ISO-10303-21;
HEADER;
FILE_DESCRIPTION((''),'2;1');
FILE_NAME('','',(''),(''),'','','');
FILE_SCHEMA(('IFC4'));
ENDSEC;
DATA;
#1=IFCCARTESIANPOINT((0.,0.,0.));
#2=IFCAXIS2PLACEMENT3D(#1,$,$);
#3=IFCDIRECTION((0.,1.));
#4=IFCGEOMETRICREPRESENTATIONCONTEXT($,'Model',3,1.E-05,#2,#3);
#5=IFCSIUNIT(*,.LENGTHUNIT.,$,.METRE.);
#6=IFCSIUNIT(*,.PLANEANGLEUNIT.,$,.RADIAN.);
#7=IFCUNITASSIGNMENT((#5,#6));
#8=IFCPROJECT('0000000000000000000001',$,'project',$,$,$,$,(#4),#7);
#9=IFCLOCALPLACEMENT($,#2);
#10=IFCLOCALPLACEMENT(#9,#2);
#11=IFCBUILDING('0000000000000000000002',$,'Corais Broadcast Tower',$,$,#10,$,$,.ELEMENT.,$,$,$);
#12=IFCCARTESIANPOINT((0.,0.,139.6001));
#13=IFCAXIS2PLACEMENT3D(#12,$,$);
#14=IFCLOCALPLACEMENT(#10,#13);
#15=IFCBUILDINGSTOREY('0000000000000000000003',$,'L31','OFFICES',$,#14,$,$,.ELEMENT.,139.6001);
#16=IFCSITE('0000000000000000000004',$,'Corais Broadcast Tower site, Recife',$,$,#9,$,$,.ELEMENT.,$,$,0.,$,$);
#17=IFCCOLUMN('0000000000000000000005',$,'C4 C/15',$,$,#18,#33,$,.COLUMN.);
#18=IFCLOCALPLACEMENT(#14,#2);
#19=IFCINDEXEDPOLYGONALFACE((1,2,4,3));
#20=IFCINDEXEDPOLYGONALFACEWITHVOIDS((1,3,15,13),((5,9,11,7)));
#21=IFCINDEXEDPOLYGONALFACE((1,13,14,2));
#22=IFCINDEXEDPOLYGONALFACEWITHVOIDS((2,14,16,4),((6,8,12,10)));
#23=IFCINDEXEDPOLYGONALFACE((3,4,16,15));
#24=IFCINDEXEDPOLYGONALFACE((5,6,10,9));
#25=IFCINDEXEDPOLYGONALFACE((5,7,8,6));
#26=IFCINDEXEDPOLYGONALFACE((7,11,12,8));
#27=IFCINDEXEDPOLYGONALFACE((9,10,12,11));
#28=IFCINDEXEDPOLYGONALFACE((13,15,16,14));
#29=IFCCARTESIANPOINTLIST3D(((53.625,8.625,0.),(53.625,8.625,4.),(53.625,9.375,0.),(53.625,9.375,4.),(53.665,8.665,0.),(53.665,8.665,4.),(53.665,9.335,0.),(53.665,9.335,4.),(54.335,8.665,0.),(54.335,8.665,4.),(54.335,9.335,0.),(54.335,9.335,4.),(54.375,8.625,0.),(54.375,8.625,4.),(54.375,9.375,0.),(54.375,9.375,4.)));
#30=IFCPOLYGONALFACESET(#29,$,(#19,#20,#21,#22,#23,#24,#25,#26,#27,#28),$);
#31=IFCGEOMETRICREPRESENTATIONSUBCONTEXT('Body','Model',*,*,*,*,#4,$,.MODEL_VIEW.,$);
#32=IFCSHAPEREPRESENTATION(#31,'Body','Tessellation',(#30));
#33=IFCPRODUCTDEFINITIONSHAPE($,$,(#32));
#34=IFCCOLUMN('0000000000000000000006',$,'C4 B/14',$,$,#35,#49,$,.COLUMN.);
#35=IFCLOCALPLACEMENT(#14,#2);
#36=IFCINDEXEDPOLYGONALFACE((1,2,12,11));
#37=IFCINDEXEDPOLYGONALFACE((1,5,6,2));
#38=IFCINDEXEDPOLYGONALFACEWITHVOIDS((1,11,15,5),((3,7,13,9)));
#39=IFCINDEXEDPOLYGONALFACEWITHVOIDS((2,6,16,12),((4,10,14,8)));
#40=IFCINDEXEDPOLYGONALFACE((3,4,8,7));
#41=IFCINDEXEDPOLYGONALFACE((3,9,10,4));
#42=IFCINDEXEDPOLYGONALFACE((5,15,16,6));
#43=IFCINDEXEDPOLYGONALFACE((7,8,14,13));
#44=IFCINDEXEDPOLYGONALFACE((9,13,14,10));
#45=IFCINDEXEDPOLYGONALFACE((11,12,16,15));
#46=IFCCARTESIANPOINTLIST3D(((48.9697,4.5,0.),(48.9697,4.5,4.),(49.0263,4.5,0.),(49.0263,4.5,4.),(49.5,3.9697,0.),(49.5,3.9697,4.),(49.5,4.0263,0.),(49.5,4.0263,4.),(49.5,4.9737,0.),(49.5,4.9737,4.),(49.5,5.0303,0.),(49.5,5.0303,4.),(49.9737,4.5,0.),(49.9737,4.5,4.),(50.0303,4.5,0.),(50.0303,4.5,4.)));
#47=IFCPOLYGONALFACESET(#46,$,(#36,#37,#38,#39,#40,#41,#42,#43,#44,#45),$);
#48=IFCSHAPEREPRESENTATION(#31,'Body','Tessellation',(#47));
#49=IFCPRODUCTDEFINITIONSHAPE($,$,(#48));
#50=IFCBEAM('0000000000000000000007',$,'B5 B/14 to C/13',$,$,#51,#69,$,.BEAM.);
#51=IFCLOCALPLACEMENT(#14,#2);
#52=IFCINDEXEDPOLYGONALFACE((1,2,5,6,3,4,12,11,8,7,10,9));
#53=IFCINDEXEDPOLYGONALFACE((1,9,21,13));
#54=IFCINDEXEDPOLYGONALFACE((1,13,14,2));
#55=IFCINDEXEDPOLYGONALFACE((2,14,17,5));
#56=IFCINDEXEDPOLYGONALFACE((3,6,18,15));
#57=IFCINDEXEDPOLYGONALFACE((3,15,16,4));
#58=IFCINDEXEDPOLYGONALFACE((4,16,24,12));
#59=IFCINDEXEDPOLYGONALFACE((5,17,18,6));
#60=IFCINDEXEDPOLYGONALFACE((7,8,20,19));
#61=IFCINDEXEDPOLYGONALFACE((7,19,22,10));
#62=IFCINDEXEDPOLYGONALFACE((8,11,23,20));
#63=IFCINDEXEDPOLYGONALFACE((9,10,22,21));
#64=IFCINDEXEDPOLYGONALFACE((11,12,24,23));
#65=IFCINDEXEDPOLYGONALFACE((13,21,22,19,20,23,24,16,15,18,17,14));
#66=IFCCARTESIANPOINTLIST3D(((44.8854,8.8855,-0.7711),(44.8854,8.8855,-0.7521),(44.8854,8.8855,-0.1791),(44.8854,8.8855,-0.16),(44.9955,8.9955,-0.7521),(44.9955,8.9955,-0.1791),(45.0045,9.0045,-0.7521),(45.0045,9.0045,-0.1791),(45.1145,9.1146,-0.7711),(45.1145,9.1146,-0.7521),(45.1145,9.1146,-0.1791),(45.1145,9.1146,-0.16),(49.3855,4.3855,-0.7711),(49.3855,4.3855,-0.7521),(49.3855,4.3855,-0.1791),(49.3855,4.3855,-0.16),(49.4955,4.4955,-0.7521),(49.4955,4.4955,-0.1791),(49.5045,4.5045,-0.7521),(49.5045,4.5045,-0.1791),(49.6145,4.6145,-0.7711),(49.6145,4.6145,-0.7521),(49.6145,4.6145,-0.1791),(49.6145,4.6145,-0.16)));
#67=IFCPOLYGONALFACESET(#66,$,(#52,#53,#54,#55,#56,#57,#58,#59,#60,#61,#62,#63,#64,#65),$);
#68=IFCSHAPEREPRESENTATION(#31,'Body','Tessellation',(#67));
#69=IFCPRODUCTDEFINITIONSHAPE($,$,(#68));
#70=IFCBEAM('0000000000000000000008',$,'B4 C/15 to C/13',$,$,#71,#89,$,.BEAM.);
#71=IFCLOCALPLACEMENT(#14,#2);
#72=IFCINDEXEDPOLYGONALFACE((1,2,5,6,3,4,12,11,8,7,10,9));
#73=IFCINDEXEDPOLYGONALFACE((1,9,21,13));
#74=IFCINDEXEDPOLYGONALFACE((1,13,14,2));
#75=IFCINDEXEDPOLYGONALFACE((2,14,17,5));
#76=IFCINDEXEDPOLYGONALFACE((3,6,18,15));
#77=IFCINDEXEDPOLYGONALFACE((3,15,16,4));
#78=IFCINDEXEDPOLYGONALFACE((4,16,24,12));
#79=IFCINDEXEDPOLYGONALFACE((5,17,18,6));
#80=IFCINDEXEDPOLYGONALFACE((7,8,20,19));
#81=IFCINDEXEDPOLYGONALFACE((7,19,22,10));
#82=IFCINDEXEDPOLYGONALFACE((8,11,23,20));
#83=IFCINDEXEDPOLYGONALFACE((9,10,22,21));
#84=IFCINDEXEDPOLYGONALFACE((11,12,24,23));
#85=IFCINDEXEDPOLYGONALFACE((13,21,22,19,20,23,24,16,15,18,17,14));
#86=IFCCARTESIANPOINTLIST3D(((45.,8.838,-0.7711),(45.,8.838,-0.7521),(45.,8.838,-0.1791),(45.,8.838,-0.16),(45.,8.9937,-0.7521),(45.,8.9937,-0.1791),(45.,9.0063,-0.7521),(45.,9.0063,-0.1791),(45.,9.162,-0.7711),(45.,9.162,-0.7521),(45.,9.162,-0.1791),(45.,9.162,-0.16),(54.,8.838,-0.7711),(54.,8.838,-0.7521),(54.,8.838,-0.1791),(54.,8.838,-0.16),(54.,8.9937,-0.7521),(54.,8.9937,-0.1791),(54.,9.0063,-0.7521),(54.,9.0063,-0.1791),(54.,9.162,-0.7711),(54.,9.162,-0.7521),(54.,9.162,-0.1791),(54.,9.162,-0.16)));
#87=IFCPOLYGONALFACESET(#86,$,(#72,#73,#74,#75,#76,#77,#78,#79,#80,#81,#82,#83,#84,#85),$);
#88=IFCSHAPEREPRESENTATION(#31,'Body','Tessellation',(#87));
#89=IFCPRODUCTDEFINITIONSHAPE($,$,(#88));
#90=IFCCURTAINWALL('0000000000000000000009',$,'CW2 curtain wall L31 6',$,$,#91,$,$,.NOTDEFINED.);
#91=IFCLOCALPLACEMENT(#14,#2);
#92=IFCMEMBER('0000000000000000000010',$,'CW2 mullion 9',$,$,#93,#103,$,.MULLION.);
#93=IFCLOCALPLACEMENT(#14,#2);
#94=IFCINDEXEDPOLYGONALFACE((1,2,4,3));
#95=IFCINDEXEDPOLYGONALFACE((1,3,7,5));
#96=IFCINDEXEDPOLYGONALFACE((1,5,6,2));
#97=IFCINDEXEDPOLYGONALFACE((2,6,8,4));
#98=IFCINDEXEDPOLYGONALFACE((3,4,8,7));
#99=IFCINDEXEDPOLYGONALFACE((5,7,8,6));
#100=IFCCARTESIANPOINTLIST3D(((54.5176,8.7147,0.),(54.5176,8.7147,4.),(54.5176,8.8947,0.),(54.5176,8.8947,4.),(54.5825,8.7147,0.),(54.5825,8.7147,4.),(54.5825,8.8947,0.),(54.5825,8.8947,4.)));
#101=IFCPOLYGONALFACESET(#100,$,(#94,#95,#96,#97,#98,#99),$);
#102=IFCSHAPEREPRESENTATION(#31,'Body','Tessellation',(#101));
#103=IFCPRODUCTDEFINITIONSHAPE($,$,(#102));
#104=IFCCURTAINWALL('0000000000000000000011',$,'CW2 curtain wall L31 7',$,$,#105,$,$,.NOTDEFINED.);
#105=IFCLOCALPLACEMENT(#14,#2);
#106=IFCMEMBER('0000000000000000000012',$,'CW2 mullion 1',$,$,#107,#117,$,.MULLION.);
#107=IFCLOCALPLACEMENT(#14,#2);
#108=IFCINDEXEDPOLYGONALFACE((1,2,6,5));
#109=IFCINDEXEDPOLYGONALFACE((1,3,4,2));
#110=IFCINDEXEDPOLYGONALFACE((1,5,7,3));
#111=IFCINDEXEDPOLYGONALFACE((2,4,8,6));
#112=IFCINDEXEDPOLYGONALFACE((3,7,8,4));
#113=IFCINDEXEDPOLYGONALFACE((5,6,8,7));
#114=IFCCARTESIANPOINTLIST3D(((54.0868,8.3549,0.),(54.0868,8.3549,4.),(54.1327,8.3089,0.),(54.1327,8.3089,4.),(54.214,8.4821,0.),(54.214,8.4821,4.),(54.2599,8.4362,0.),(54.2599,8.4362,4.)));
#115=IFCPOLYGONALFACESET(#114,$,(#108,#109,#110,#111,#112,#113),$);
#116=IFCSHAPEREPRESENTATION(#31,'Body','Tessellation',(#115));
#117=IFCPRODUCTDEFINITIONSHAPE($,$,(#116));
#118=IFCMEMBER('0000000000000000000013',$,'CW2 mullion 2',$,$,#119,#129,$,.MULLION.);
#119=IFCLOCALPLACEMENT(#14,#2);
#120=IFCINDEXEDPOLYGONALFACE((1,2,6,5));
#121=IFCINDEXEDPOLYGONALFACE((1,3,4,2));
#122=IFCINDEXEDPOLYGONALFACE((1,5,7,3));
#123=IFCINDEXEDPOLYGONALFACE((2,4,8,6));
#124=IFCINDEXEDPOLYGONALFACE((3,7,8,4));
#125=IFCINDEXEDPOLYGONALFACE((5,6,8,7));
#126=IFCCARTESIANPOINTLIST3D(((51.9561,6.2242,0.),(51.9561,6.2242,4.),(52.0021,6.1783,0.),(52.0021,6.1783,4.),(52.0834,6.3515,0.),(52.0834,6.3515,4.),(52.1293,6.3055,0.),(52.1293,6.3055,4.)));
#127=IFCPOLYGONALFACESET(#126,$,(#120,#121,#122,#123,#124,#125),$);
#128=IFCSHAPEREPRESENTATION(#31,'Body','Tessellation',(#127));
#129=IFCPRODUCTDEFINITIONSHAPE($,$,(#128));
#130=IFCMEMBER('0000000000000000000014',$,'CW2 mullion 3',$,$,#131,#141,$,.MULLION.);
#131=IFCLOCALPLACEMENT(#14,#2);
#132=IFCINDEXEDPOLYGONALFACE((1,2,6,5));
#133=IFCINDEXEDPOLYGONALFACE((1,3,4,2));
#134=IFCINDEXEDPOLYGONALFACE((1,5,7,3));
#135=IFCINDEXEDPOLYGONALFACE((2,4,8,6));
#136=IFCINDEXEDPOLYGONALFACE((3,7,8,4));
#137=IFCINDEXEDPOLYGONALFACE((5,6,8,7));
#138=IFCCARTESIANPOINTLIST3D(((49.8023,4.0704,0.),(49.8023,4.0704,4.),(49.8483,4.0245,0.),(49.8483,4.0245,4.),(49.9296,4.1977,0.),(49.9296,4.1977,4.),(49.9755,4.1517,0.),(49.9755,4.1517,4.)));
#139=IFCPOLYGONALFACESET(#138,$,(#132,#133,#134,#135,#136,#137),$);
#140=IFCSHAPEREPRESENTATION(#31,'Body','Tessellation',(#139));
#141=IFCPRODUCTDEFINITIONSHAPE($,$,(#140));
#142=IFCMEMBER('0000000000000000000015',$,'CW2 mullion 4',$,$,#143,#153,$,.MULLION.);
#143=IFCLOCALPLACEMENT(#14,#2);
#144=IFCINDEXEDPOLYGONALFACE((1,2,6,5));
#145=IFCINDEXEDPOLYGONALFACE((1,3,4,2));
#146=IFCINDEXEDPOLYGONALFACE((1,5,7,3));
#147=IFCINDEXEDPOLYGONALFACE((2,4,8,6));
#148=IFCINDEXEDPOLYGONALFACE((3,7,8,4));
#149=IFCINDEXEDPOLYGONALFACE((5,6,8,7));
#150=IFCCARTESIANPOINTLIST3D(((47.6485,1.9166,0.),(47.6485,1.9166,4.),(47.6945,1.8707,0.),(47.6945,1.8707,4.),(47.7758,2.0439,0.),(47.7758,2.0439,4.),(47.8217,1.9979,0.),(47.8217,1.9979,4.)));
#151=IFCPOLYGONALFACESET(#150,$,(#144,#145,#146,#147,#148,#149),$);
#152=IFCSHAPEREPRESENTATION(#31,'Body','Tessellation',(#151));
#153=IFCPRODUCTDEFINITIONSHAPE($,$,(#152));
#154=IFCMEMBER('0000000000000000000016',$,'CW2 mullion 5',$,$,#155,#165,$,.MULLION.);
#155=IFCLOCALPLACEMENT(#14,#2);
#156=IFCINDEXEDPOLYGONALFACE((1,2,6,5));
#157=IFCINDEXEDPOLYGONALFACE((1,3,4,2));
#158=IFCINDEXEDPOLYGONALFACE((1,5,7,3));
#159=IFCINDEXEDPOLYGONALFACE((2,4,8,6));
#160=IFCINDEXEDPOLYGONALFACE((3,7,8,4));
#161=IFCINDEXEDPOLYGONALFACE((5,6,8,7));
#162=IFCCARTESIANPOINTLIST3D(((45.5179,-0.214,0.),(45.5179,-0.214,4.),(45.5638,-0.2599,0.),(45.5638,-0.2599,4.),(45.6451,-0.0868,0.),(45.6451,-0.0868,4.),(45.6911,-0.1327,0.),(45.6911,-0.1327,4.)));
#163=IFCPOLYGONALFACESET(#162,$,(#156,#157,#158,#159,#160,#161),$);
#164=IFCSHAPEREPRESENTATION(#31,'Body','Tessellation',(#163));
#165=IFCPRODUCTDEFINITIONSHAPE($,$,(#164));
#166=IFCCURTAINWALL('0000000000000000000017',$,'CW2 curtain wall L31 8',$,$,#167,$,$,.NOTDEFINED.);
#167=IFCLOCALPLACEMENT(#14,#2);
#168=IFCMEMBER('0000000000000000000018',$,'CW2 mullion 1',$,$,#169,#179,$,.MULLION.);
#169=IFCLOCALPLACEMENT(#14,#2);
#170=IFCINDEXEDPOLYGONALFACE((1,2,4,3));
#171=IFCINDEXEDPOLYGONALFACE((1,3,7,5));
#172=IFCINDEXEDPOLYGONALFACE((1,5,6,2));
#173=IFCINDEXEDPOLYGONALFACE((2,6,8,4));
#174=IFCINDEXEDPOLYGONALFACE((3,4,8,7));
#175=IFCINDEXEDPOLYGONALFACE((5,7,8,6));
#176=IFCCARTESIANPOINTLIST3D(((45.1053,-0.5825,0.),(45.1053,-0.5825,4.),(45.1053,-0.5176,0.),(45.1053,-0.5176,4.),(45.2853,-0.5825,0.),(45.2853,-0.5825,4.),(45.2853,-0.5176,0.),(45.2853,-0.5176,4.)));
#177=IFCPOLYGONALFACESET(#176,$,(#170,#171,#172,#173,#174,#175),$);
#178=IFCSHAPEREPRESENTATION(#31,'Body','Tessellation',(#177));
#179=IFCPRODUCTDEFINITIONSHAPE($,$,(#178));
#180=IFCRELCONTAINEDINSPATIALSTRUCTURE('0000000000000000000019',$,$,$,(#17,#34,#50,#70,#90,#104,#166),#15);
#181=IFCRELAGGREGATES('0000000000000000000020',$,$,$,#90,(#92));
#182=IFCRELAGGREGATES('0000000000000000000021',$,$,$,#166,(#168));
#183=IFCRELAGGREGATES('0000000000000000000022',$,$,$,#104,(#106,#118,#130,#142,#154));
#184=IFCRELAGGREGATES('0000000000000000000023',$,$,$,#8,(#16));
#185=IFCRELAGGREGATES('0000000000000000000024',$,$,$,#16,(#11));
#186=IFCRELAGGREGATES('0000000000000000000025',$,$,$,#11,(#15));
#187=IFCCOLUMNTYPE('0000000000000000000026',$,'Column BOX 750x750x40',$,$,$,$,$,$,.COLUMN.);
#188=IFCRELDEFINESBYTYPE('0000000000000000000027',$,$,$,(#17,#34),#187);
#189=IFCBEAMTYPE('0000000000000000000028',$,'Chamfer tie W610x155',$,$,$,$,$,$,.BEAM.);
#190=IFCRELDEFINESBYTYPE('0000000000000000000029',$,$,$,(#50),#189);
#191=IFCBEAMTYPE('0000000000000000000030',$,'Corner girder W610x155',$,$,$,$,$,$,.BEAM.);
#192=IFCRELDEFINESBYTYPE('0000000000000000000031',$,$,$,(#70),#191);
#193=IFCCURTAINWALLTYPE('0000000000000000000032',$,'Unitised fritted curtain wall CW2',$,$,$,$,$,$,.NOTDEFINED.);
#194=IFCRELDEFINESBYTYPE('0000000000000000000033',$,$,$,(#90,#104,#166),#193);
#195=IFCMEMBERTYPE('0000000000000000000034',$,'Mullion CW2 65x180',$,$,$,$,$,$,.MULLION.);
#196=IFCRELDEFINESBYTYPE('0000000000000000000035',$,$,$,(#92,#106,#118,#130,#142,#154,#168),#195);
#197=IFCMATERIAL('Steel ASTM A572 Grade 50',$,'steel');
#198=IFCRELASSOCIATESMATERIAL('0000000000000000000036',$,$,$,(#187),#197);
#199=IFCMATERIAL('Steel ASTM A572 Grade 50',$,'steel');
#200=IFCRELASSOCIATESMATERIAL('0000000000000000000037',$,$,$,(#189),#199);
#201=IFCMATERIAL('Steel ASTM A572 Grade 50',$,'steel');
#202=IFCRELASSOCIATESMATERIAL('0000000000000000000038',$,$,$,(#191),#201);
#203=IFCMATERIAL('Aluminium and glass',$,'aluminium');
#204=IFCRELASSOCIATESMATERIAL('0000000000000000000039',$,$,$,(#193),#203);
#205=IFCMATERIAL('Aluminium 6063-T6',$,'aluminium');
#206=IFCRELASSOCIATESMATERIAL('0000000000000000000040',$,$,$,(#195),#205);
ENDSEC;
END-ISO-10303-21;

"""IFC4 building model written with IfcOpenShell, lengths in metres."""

from ifc_helpers import new_model, si_unit, direction, frame, origin, origin_2d, place, context, subcontext, project, spatial, rectangle, hollow_rectangle, i_section, extrude, material, material_profile, profile_set, type_object, element, aggregate, save


model = new_model("IFC4")

# Units and contexts
model_context = context("Model", 3, precision=1e-05, world=origin(), true_north=direction((0.0, 1.0)))
body_context = subcontext(model_context, "Body", "Model", "MODEL_VIEW")
ifc_project = project(units=[si_unit("LENGTHUNIT", "METRE"), si_unit("PLANEANGLEUNIT", "RADIAN")], contexts=[model_context])

# Site, building, storey
site_placement = place(None, origin())
site = spatial("IfcSite", under=ifc_project, at=site_placement, Name="Corais Broadcast Tower site, Recife", CompositionType="ELEMENT", RefElevation=0.0)
building_placement = place(site_placement, origin())
building = spatial("IfcBuilding", under=site, at=building_placement, Name="Corais Broadcast Tower", CompositionType="ELEMENT")
storey_placement = place(building_placement, frame((0.0, 0.0, 139.6001)))
storey = spatial("IfcBuildingStorey", under=building, at=storey_placement, Name="L31", Description="OFFICES", CompositionType="ELEMENT", Elevation=139.6001)

# Columns
ifc_material_1 = material(Name="Steel ASTM A572 Grade 50", Category="steel")
ifc_material_profile_1 = material_profile(ifc_material_1, hollow_rectangle(XDim=0.75, YDim=0.75, WallThickness=0.04, at=origin_2d()), Name="BOX 750x750x40")
ifc_profile_set_1 = profile_set([ifc_material_profile_1], Name="Steel ASTM A572 Grade 50")
column_type = type_object("IfcColumnType", Name="Column BOX 750x750x40", PredefinedType="COLUMN", material=ifc_profile_set_1)
for number, where, z_axis, x_axis, name in (
    (1, (54.0, 9.0, 0.0), (0.0, 0.0, 1.0), (1.0, 0.0, 0.0), "C4 C/15"),
    (2, (49.5, 4.5, 0.0), (0.0, 0.0, 1.0), (0.707107, 0.707107, 0.0), "C4 B/14"),
):
    element("IfcColumn", number, at=place(storey_placement, frame(where, z_axis=z_axis, x_axis=x_axis)), inside=storey, type_object=column_type, Name=name, PredefinedType="COLUMN", context=body_context, shape_type="SweptSolid", body=[
        extrude(hollow_rectangle(XDim=0.75, YDim=0.75, WallThickness=0.04, at=origin_2d()), origin(), (0.0, 0.0, 1.0), 4.0),
    ])

# Beams
ifc_material_2 = material(Name="Steel ASTM A572 Grade 50", Category="steel")
ifc_material_profile_2 = material_profile(ifc_material_2, i_section(OverallWidth=0.324, OverallDepth=0.6111, WebThickness=0.0127, FlangeThickness=0.019, at=origin_2d()), Name="W610x155")
ifc_profile_set_2 = profile_set([ifc_material_profile_2], Name="Steel ASTM A572 Grade 50")
beam_type_1 = type_object("IfcBeamType", Name="Chamfer tie W610x155", PredefinedType="BEAM", material=ifc_profile_set_2)
beam_1_placement = place(storey_placement, frame((49.5, 4.5, -0.4656), z_axis=(-0.707107, 0.707107, 0.0), x_axis=(-0.707107, -0.707107, 0.0)))
element("IfcBeam", 3, at=beam_1_placement, inside=storey, type_object=beam_type_1, Name="B5 B/14 to C/13", PredefinedType="BEAM", context=body_context, shape_type="SweptSolid", body=[
    extrude(i_section(OverallWidth=0.324, OverallDepth=0.6111, WebThickness=0.0127, FlangeThickness=0.019, at=origin_2d()), origin(), (0.0, 0.0, 1.0), 6.364),
])
ifc_material_3 = material(Name="Steel ASTM A572 Grade 50", Category="steel")
ifc_material_profile_3 = material_profile(ifc_material_3, i_section(OverallWidth=0.324, OverallDepth=0.6111, WebThickness=0.0127, FlangeThickness=0.019, at=origin_2d()), Name="W610x155")
ifc_profile_set_3 = profile_set([ifc_material_profile_3], Name="Steel ASTM A572 Grade 50")
beam_type_2 = type_object("IfcBeamType", Name="Corner girder W610x155", PredefinedType="BEAM", material=ifc_profile_set_3)
beam_2_placement = place(storey_placement, frame((54.0, 9.0, -0.4656), z_axis=(-1.0, 0.0, 0.0), x_axis=(0.0, -1.0, 0.0)))
element("IfcBeam", 4, at=beam_2_placement, inside=storey, type_object=beam_type_2, Name="B4 C/15 to C/13", PredefinedType="BEAM", context=body_context, shape_type="SweptSolid", body=[
    extrude(i_section(OverallWidth=0.324, OverallDepth=0.6111, WebThickness=0.0127, FlangeThickness=0.019, at=origin_2d()), origin(), (0.0, 0.0, 1.0), 9.0),
])

# Curtain wall, member
ifc_material_4 = material(Name="Aluminium and glass", Category="aluminium")
curtain_wall_type = type_object("IfcCurtainWallType", Name="Unitised fritted curtain wall CW2", PredefinedType="NOTDEFINED", material=ifc_material_4)
curtain_wall_1_placement = place(storey_placement, origin())
curtain_wall_1 = element("IfcCurtainWall", 5, at=curtain_wall_1_placement, inside=storey, type_object=curtain_wall_type, Name="CW2 curtain wall L31 6", PredefinedType="NOTDEFINED")
ifc_material_5 = material(Name="Aluminium 6063-T6", Category="aluminium")
ifc_material_profile_4 = material_profile(ifc_material_5, rectangle(XDim=0.0649, YDim=0.1799, at=origin_2d()), Name="Mullion CW2 65x180")
ifc_profile_set_4 = profile_set([ifc_material_profile_4], Name="Aluminium 6063-T6")
member_type_1 = type_object("IfcMemberType", Name="Mullion CW2 65x180", PredefinedType="MULLION", material=ifc_profile_set_4)
member_1_placement = place(storey_placement, frame((54.55, 8.8047, 0.0), z_axis=(0.0, 0.0, 1.0), x_axis=(1.0, 0.0, 0.0)))
member_1 = element("IfcMember", 6, at=member_1_placement, type_object=member_type_1, Name="CW2 mullion 9", PredefinedType="MULLION", context=body_context, shape_type="SweptSolid", body=[
    extrude(rectangle(XDim=0.0649, YDim=0.1799, at=origin_2d()), origin(), (0.0, 0.0, 1.0), 4.0),
])
aggregate(curtain_wall_1, [member_1])

# Curtain wall, members
curtain_wall_2_placement = place(storey_placement, origin())
curtain_wall_2 = element("IfcCurtainWall", 7, at=curtain_wall_2_placement, inside=storey, type_object=curtain_wall_type, Name="CW2 curtain wall L31 7", PredefinedType="NOTDEFINED")
member_2_placement = place(storey_placement, frame((54.1733, 8.3955, 0.0), z_axis=(0.0, 0.0, 1.0), x_axis=(0.707107, -0.707107, 0.0)))
member_2 = element("IfcMember", 8, at=member_2_placement, type_object=member_type_1, Name="CW2 mullion 1", PredefinedType="MULLION", context=body_context, shape_type="SweptSolid", body=[
    extrude(rectangle(XDim=0.0649, YDim=0.1799, at=origin_2d()), origin(), (0.0, 0.0, 1.0), 4.0),
])
member_3_placement = place(storey_placement, frame((52.0427, 6.2649, 0.0), z_axis=(0.0, 0.0, 1.0), x_axis=(0.707107, -0.707107, 0.0)))
member_3 = element("IfcMember", 9, at=member_3_placement, type_object=member_type_1, Name="CW2 mullion 2", PredefinedType="MULLION", context=body_context, shape_type="SweptSolid", body=[
    extrude(rectangle(XDim=0.0649, YDim=0.1799, at=origin_2d()), origin(), (0.0, 0.0, 1.0), 4.0),
])
member_4_placement = place(storey_placement, frame((49.8889, 4.1111, 0.0), z_axis=(0.0, 0.0, 1.0), x_axis=(0.707107, -0.707107, 0.0)))
member_4 = element("IfcMember", 10, at=member_4_placement, type_object=member_type_1, Name="CW2 mullion 3", PredefinedType="MULLION", context=body_context, shape_type="SweptSolid", body=[
    extrude(rectangle(XDim=0.0649, YDim=0.1799, at=origin_2d()), origin(), (0.0, 0.0, 1.0), 4.0),
])
member_5_placement = place(storey_placement, frame((47.7351, 1.9573, 0.0), z_axis=(0.0, 0.0, 1.0), x_axis=(0.707107, -0.707107, 0.0)))
member_5 = element("IfcMember", 11, at=member_5_placement, type_object=member_type_1, Name="CW2 mullion 4", PredefinedType="MULLION", context=body_context, shape_type="SweptSolid", body=[
    extrude(rectangle(XDim=0.0649, YDim=0.1799, at=origin_2d()), origin(), (0.0, 0.0, 1.0), 4.0),
])
member_6_placement = place(storey_placement, frame((45.6045, -0.1733, 0.0), z_axis=(0.0, 0.0, 1.0), x_axis=(0.707107, -0.707107, 0.0)))
member_6 = element("IfcMember", 12, at=member_6_placement, type_object=member_type_1, Name="CW2 mullion 5", PredefinedType="MULLION", context=body_context, shape_type="SweptSolid", body=[
    extrude(rectangle(XDim=0.0649, YDim=0.1799, at=origin_2d()), origin(), (0.0, 0.0, 1.0), 4.0),
])

# Curtain wall, member
curtain_wall_3_placement = place(storey_placement, origin())
curtain_wall_3 = element("IfcCurtainWall", 13, at=curtain_wall_3_placement, inside=storey, type_object=curtain_wall_type, Name="CW2 curtain wall L31 8", PredefinedType="NOTDEFINED")
member_7_placement = place(storey_placement, frame((45.1953, -0.55, 0.0), z_axis=(0.0, 0.0, 1.0), x_axis=(0.0, -1.0, 0.0)))
member_7 = element("IfcMember", 14, at=member_7_placement, type_object=member_type_1, Name="CW2 mullion 1", PredefinedType="MULLION", context=body_context, shape_type="SweptSolid", body=[
    extrude(rectangle(XDim=0.0649, YDim=0.1799, at=origin_2d()), origin(), (0.0, 0.0, 1.0), 4.0),
])

aggregate(curtain_wall_3, [member_7])

aggregate(curtain_wall_2, [member_2, member_3, member_4, member_5, member_6])

save(model, "model.ifc")
